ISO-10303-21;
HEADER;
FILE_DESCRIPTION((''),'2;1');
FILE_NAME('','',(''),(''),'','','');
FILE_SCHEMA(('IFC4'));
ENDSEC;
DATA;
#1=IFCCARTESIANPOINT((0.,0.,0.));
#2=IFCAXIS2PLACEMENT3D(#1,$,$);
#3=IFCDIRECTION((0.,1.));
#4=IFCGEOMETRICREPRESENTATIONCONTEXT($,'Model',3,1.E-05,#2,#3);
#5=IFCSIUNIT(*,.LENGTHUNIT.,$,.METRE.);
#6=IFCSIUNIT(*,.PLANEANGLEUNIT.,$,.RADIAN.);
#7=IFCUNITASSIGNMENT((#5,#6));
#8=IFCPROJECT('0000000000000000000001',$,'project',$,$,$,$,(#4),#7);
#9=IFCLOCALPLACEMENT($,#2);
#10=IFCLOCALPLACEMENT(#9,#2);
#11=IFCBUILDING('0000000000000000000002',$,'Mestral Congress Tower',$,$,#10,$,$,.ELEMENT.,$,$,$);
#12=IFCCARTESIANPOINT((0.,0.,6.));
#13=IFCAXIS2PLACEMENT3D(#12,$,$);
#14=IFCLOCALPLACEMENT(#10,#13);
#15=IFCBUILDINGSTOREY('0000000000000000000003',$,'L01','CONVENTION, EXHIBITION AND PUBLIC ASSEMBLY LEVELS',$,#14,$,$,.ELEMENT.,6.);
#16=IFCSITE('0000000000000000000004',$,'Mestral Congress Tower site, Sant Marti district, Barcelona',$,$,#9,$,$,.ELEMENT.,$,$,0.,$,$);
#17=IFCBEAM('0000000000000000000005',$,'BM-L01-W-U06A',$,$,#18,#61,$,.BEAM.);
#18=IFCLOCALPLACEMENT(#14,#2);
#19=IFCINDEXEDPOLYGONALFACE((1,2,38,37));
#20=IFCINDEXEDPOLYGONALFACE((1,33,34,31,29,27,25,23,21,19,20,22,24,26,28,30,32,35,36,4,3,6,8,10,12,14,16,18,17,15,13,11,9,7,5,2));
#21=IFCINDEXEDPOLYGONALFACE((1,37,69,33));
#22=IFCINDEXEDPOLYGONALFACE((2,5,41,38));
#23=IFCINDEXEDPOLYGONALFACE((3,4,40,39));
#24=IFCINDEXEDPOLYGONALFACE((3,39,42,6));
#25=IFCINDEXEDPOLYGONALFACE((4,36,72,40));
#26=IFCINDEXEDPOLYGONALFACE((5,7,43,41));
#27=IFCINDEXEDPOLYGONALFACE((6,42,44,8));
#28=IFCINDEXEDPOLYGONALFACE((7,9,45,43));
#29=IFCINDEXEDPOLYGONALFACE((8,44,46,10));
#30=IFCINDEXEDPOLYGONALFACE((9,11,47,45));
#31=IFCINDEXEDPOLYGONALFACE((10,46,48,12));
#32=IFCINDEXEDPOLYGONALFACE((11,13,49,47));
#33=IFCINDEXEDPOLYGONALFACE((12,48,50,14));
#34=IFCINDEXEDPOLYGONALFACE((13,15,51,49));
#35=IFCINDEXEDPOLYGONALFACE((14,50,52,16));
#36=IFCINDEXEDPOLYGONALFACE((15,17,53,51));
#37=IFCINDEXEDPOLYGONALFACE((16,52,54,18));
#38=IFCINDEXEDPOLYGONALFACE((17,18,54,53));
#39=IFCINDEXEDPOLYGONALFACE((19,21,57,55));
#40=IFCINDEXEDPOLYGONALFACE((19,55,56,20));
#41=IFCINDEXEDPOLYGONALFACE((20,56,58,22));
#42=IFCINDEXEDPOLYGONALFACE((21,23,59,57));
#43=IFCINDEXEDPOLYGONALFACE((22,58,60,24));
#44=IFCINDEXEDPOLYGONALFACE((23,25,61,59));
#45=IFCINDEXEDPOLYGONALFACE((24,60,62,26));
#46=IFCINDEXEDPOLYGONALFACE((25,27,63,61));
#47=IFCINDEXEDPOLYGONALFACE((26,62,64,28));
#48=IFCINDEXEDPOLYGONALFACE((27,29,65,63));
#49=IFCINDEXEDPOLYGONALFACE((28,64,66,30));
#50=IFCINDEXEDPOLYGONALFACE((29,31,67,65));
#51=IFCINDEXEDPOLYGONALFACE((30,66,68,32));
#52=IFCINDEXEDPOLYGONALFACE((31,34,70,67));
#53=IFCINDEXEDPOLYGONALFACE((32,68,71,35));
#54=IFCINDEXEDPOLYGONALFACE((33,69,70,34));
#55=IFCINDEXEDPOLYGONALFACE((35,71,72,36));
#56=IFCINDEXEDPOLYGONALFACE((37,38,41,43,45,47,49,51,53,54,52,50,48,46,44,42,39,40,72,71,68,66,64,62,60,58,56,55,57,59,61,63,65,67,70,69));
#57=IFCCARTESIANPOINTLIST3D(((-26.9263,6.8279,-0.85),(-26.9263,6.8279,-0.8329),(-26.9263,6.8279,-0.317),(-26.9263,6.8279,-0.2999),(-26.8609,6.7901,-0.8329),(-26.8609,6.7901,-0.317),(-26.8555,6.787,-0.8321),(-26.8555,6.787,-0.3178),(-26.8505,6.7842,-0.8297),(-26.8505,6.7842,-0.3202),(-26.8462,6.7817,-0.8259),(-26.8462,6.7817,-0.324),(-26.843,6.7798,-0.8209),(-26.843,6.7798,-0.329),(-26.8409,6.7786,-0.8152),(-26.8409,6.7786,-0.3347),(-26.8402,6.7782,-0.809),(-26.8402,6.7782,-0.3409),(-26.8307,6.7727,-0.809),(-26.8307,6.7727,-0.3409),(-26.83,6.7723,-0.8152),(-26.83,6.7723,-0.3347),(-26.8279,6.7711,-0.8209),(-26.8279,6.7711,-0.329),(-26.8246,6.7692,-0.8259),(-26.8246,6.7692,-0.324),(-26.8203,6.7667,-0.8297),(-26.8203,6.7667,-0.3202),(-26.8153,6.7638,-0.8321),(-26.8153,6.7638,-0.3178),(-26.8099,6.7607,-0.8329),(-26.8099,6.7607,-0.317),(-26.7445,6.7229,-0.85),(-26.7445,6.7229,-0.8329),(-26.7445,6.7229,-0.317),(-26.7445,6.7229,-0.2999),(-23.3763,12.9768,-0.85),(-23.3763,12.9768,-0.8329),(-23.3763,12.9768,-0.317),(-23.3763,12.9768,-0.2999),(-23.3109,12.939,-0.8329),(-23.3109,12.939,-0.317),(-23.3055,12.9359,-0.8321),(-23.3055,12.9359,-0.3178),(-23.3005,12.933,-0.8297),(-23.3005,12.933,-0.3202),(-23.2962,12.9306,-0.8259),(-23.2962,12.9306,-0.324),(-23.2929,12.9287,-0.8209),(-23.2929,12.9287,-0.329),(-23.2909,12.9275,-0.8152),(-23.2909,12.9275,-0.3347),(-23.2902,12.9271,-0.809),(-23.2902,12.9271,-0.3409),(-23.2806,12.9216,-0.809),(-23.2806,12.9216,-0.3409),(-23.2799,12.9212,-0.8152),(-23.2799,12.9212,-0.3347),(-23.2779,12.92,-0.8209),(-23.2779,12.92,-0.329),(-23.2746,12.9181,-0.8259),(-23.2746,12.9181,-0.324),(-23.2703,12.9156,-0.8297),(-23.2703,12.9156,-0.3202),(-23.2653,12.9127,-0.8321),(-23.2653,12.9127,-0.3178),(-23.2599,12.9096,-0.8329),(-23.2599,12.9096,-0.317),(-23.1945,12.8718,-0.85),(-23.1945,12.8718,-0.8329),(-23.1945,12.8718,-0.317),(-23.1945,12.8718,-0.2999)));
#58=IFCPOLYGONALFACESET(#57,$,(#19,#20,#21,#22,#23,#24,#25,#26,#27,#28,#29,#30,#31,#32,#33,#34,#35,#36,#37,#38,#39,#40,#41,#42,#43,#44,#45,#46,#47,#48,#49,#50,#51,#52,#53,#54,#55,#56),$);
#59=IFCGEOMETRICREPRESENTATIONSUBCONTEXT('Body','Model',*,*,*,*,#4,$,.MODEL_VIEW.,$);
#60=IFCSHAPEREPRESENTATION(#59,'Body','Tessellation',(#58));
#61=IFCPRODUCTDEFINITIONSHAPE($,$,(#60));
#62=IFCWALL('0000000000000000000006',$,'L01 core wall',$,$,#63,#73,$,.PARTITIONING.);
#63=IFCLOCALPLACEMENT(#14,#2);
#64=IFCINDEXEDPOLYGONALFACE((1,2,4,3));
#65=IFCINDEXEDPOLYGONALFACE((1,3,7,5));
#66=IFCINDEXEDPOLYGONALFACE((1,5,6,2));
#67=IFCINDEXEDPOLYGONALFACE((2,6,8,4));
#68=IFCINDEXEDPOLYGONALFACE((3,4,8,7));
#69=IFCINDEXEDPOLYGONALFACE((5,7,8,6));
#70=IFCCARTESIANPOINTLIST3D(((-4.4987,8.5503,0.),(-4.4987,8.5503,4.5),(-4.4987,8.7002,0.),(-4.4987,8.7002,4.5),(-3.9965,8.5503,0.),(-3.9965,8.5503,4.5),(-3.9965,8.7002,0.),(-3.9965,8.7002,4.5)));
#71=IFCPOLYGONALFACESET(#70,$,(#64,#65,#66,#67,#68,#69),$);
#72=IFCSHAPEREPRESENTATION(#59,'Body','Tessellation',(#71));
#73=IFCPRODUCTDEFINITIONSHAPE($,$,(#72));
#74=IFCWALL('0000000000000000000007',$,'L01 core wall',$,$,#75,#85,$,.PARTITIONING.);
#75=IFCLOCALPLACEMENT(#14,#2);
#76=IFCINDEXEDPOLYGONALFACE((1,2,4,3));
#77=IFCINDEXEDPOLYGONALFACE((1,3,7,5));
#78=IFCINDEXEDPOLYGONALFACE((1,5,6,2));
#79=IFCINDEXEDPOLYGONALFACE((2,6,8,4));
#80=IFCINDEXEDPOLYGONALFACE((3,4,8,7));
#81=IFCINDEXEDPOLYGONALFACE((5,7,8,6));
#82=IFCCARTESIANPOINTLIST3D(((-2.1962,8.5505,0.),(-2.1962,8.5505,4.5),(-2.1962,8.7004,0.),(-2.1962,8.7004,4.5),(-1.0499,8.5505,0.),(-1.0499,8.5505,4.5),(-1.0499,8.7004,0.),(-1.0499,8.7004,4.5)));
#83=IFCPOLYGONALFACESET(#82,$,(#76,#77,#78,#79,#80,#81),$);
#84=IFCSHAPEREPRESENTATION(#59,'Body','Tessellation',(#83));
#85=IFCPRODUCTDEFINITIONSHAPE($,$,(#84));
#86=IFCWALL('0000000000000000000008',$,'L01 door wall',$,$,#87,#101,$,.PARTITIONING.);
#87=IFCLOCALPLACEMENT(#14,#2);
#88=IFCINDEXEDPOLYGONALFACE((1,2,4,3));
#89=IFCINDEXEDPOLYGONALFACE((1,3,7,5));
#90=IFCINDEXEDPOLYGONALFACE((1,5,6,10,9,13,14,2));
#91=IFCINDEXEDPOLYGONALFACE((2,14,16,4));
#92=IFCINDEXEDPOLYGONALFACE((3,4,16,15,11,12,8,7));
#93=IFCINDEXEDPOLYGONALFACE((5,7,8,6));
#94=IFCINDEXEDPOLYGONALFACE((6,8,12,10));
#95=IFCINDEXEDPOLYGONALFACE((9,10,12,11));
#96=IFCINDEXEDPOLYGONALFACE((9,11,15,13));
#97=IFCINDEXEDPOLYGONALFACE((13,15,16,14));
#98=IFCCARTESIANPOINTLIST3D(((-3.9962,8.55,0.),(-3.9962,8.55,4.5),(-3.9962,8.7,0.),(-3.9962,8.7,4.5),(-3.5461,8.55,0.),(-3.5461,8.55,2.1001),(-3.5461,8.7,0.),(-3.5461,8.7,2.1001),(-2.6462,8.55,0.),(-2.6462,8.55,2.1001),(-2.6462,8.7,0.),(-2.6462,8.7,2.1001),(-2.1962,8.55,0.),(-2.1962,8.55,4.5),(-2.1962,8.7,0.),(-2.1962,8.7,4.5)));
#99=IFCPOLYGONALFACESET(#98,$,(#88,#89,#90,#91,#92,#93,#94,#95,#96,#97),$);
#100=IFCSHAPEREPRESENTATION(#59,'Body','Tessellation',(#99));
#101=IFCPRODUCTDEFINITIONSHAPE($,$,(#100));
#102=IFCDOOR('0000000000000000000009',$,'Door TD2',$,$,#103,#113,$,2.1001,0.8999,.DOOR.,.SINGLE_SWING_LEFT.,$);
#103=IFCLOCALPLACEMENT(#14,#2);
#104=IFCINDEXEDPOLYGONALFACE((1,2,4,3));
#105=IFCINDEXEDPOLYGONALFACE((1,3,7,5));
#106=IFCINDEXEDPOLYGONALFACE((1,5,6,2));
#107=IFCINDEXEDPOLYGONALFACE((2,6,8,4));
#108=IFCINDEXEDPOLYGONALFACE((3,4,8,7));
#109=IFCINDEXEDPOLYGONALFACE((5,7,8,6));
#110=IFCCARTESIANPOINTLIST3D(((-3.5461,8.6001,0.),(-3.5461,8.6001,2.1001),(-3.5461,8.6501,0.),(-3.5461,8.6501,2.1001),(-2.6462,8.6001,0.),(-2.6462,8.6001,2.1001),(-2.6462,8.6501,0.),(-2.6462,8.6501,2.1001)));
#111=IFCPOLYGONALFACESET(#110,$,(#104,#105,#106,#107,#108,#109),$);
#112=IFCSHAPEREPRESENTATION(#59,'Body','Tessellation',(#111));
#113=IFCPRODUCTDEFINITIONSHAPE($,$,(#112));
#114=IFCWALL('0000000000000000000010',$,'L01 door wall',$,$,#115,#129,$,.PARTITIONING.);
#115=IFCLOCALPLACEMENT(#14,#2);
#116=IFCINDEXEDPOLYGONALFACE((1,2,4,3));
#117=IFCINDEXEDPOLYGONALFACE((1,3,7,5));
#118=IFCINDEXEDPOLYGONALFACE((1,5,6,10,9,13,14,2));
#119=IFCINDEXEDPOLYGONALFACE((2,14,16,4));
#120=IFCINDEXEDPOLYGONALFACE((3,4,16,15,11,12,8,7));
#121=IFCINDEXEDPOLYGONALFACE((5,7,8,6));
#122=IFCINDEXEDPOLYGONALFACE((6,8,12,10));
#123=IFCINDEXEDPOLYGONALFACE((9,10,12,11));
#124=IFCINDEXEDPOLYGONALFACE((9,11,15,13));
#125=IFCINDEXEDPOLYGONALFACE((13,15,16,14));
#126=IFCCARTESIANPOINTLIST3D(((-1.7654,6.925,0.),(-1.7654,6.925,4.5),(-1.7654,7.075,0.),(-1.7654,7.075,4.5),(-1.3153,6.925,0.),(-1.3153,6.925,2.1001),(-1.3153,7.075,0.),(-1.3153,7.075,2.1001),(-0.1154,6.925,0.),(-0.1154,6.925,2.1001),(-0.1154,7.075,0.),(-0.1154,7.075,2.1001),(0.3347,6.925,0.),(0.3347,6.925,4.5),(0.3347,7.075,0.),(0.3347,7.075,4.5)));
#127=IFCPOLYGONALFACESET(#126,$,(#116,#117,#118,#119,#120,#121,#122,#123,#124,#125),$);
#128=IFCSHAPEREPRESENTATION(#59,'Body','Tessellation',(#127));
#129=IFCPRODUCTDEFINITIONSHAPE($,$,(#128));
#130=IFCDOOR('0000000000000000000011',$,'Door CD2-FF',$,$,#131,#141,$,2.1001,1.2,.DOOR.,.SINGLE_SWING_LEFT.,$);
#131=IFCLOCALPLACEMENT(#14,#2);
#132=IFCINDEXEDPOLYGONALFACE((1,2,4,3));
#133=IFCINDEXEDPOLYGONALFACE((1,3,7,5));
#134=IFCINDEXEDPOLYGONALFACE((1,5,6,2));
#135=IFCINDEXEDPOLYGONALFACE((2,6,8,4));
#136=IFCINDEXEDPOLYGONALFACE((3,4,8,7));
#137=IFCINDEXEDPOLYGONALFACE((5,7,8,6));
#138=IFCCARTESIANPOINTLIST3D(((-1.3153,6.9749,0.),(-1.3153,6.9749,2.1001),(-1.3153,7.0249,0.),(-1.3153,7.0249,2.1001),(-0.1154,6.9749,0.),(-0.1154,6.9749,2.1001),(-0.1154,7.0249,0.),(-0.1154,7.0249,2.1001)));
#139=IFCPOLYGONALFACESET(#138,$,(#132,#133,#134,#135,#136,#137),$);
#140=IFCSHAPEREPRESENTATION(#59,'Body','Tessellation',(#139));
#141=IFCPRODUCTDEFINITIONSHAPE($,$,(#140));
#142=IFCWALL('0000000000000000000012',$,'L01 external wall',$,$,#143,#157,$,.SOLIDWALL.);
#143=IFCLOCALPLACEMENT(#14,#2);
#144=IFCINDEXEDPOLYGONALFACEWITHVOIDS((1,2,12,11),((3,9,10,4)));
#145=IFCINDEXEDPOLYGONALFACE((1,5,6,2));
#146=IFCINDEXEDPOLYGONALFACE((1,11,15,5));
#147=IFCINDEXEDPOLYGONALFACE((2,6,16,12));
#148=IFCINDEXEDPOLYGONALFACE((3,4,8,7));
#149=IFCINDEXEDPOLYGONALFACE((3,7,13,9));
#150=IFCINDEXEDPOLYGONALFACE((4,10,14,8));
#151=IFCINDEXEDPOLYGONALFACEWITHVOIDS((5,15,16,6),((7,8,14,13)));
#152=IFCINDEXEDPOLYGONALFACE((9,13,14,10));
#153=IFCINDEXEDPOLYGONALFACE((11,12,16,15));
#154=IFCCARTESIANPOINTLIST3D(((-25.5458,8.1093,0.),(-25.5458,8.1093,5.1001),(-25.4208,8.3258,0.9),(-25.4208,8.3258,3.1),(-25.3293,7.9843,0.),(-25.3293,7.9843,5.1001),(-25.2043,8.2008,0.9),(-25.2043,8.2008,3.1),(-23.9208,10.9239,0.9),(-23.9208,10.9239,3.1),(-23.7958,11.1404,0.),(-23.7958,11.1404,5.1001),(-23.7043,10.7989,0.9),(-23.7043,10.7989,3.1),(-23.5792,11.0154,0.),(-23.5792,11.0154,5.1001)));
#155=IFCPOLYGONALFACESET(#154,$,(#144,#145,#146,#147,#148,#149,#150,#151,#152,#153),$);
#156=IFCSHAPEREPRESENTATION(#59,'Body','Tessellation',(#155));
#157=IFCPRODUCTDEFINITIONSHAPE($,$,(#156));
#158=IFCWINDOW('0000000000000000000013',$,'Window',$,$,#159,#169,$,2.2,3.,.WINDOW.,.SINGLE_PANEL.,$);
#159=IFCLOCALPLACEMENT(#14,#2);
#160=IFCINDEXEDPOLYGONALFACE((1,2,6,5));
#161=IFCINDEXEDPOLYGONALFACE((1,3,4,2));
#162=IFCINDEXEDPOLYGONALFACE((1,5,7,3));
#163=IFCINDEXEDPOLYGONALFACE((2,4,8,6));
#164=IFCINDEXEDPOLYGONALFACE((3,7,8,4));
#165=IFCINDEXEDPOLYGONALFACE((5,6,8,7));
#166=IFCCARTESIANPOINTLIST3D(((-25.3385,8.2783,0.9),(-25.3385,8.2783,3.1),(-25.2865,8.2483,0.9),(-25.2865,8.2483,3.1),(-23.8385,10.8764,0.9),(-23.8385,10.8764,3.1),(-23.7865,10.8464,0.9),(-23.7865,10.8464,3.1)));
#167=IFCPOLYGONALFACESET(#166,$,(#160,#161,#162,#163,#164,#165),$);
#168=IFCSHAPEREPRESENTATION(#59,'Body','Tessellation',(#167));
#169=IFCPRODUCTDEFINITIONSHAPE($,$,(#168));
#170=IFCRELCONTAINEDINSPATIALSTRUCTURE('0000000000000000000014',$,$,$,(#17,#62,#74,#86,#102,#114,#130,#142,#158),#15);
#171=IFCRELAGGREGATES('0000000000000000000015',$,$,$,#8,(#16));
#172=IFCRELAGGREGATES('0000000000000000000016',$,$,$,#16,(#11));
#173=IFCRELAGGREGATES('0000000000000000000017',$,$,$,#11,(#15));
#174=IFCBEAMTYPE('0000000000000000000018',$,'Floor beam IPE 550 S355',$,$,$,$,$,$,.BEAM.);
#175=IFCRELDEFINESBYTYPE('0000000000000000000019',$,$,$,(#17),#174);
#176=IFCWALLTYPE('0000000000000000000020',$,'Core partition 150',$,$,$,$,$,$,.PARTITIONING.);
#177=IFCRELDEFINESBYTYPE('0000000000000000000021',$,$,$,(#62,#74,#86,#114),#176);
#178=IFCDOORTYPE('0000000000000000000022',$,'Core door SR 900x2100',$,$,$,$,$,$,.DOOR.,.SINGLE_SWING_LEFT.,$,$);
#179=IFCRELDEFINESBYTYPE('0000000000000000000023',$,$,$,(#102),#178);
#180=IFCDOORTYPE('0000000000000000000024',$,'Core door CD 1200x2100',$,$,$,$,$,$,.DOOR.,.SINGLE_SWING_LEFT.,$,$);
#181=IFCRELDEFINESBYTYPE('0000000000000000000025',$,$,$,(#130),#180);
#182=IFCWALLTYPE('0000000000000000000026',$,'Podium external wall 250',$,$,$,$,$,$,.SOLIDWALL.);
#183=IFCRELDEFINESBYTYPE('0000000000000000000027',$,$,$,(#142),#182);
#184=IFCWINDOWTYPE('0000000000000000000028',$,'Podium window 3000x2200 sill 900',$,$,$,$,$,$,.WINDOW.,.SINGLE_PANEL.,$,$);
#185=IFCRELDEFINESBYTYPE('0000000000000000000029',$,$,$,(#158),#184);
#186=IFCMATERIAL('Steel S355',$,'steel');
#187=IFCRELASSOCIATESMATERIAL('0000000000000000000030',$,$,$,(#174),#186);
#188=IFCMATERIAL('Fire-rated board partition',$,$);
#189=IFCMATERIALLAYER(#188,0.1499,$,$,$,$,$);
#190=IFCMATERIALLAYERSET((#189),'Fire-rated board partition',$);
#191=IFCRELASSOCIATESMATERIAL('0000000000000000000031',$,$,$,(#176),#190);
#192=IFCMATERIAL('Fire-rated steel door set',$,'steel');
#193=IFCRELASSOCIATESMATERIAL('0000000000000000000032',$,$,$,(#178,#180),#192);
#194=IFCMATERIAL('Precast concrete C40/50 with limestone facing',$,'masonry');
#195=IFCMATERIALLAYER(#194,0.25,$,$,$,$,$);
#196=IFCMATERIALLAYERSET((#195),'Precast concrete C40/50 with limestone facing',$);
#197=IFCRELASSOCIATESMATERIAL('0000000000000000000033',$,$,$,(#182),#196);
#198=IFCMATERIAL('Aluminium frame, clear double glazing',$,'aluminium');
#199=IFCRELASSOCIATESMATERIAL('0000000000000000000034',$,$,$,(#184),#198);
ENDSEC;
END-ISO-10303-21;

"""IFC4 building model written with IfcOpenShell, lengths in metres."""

from ifc_helpers import new_model, si_unit, direction, frame, frame_2d, origin, origin_2d, place, context, subcontext, project, spatial, rectangle, i_section, extrude, material, layer, layer_set, material_profile, profile_set, type_object, element, fill, save


model = new_model("IFC4")

# Units and contexts
model_context = context("Model", 3, precision=1e-05, world=origin(), true_north=direction((0.0, 1.0)))
body_context = subcontext(model_context, "Body", "Model", "MODEL_VIEW")
ifc_project = project(units=[si_unit("LENGTHUNIT", "METRE"), si_unit("PLANEANGLEUNIT", "RADIAN")], contexts=[model_context])

# Site, building, storey
site_placement = place(None, origin())
site = spatial("IfcSite", under=ifc_project, at=site_placement, Name="Mestral Congress Tower site, Sant Marti district, Barcelona", CompositionType="ELEMENT", RefElevation=0.0)
building_placement = place(site_placement, origin())
building = spatial("IfcBuilding", under=site, at=building_placement, Name="Mestral Congress Tower", CompositionType="ELEMENT")
storey_placement = place(building_placement, frame((0.0, 0.0, 6.0)))
storey = spatial("IfcBuildingStorey", under=building, at=storey_placement, Name="L01", Description="CONVENTION, EXHIBITION AND PUBLIC ASSEMBLY LEVELS", CompositionType="ELEMENT", Elevation=6.0)

# Beam
ifc_material_1 = material(Name="Steel S355", Category="steel")
ifc_material_profile = material_profile(ifc_material_1, i_section(OverallWidth=0.21, OverallDepth=0.55, WebThickness=0.011, FlangeThickness=0.0171, FilletRadius=0.0239, at=origin_2d()), Name="IPE 550")
ifc_profile_set = profile_set([ifc_material_profile], Name="Steel S355")
beam_type = type_object("IfcBeamType", Name="Floor beam IPE 550 S355", PredefinedType="BEAM", material=ifc_profile_set)
beam_placement = place(storey_placement, frame((-23.2854, 12.9243, -0.575), z_axis=(-0.499996, -0.866028, 0.0), x_axis=(0.866028, -0.499996, 0.0)))
element("IfcBeam", 1, at=beam_placement, inside=storey, type_object=beam_type, Name="BM-L01-W-U06A", PredefinedType="BEAM", context=body_context, shape_type="SweptSolid", body=[
    extrude(i_section(OverallWidth=0.21, OverallDepth=0.55, WebThickness=0.011, FlangeThickness=0.0171, FilletRadius=0.0239, at=origin_2d()), origin(), (0.0, 0.0, 1.0), 7.1001),
])

# Walls
ifc_material_2 = material(Name="Fire-rated board partition")
ifc_layer_1 = layer(ifc_material_2, 0.1499)
ifc_layer_set_1 = layer_set([ifc_layer_1], Name="Fire-rated board partition")
wall_type_1 = type_object("IfcWallType", Name="Core partition 150", PredefinedType="PARTITIONING", material=ifc_layer_set_1)
wall_1_placement = place(storey_placement, frame((-3.9966, 8.6252, 0.0), z_axis=(0.0, 0.0, 1.0), x_axis=(-1.0, 0.0, 0.0)))
element("IfcWall", 2, at=wall_1_placement, inside=storey, type_object=wall_type_1, Name="L01 core wall", PredefinedType="PARTITIONING", context=body_context, shape_type="SweptSolid", body=[
    extrude(rectangle(XDim=0.5022, YDim=0.1499, at=frame_2d((0.251, 0.0))), origin(), (0.0, 0.0, 1.0), 4.5),
])
wall_2_placement = place(storey_placement, frame((-2.1963, 8.6255, 0.0), z_axis=(0.0, 0.0, 1.0), x_axis=(1.0, 0.0, 0.0)))
element("IfcWall", 3, at=wall_2_placement, inside=storey, type_object=wall_type_1, Name="L01 core wall", PredefinedType="PARTITIONING", context=body_context, shape_type="SweptSolid", body=[
    extrude(rectangle(XDim=1.1462, YDim=0.1499, at=frame_2d((0.5732, 0.0))), origin(), (0.0, 0.0, 1.0), 4.5),
])

# Walls, openings, doors
wall_3_placement = place(storey_placement, frame((-2.1963, 8.625, 0.0), z_axis=(0.0, 0.0, 1.0), x_axis=(-1.0, 0.0, 0.0)))
wall_3 = element("IfcWall", 4, at=wall_3_placement, inside=storey, type_object=wall_type_1, Name="L01 door wall", PredefinedType="PARTITIONING", context=body_context, shape_type="SweptSolid", body=[
    extrude(rectangle(XDim=1.8, YDim=0.1499, at=frame_2d((0.8999, 0.0))), origin(), (0.0, 0.0, 1.0), 4.5),
])
opening_1_placement = place(wall_3_placement, frame((0.45, 0.0, 0.0)))
opening_1 = element("IfcOpeningElement", 5, at=opening_1_placement, cuts=wall_3, PredefinedType="OPENING", context=body_context, shape_type="SweptSolid", body=[
    extrude(rectangle(XDim=0.8999, YDim=2.1001, at=frame_2d((0.45, 1.05))), frame((0.0, 0.085, 0.0), z_axis=(0.0, -1.0, 0.0), x_axis=(1.0, 0.0, 0.0)), (0.0, 0.0, 1.0), 0.1699),
])
ifc_material_3 = material(Name="Fire-rated steel door set", Category="steel")
door_type_1 = type_object("IfcDoorType", Name="Core door SR 900x2100", OperationType="SINGLE_SWING_LEFT", PredefinedType="DOOR", material=ifc_material_3)
door_1_placement = place(opening_1_placement, origin())
door_1 = element("IfcDoor", 6, at=door_1_placement, inside=storey, type_object=door_type_1, Name="Door TD2", OperationType="SINGLE_SWING_LEFT", OverallHeight=2.1001, OverallWidth=0.8999, PredefinedType="DOOR", context=body_context, shape_type="SweptSolid", body=[
    extrude(rectangle(XDim=0.8999, YDim=2.1001, at=frame_2d((0.45, 1.05))), frame((0.0, 0.0249, 0.0), z_axis=(0.0, -1.0, 0.0), x_axis=(1.0, 0.0, 0.0)), (0.0, 0.0, 1.0), 0.05),
])
fill(opening_1, door_1)
wall_4_placement = place(storey_placement, frame((-1.7654, 7.0, 0.0), z_axis=(0.0, 0.0, 1.0), x_axis=(1.0, 0.0, 0.0)))
wall_4 = element("IfcWall", 7, at=wall_4_placement, inside=storey, type_object=wall_type_1, Name="L01 door wall", PredefinedType="PARTITIONING", context=body_context, shape_type="SweptSolid", body=[
    extrude(rectangle(XDim=2.1001, YDim=0.1499, at=frame_2d((1.05, 0.0))), origin(), (0.0, 0.0, 1.0), 4.5),
])
opening_2_placement = place(wall_4_placement, frame((0.45, 0.0, 0.0)))
opening_2 = element("IfcOpeningElement", 8, at=opening_2_placement, cuts=wall_4, PredefinedType="OPENING", context=body_context, shape_type="SweptSolid", body=[
    extrude(rectangle(XDim=1.2, YDim=2.1001, at=frame_2d((0.6001, 1.05))), frame((0.0, 0.085, 0.0), z_axis=(0.0, -1.0, 0.0), x_axis=(1.0, 0.0, 0.0)), (0.0, 0.0, 1.0), 0.1699),
])
door_type_2 = type_object("IfcDoorType", Name="Core door CD 1200x2100", OperationType="SINGLE_SWING_LEFT", PredefinedType="DOOR", material=ifc_material_3)
door_2_placement = place(opening_2_placement, origin())
door_2 = element("IfcDoor", 9, at=door_2_placement, inside=storey, type_object=door_type_2, Name="Door CD2-FF", OperationType="SINGLE_SWING_LEFT", OverallHeight=2.1001, OverallWidth=1.2, PredefinedType="DOOR", context=body_context, shape_type="SweptSolid", body=[
    extrude(rectangle(XDim=1.2, YDim=2.1001, at=frame_2d((0.6001, 1.05))), frame((0.0, 0.0249, 0.0), z_axis=(0.0, -1.0, 0.0), x_axis=(1.0, 0.0, 0.0)), (0.0, 0.0, 1.0), 0.05),
])
fill(opening_2, door_2)

# Wall, opening, window
ifc_material_4 = material(Name="Precast concrete C40/50 with limestone facing", Category="masonry")
ifc_layer_2 = layer(ifc_material_4, 0.25)
ifc_layer_set_2 = layer_set([ifc_layer_2], Name="Precast concrete C40/50 with limestone facing")
wall_type_2 = type_object("IfcWallType", Name="Podium external wall 250", PredefinedType="SOLIDWALL", material=ifc_layer_set_2)
wall_5_placement = place(storey_placement, frame((-23.6875, 11.0779, 0.0), z_axis=(0.0, 0.0, 1.0), x_axis=(-0.50001, -0.866019, 0.0)))
wall_5 = element("IfcWall", 10, at=wall_5_placement, inside=storey, type_object=wall_type_2, Name="L01 external wall", PredefinedType="SOLIDWALL", context=body_context, shape_type="SweptSolid", body=[
    extrude(rectangle(XDim=3.5, YDim=0.25, at=frame_2d((1.75, 0.0))), origin(), (0.0, 0.0, 1.0), 5.1001),
])
opening_3_placement = place(wall_5_placement, frame((0.25, 0.0, 0.8999)))
opening_3 = element("IfcOpeningElement", 11, at=opening_3_placement, cuts=wall_5, PredefinedType="OPENING", context=body_context, shape_type="SweptSolid", body=[
    extrude(rectangle(XDim=3.0, YDim=2.2, at=frame_2d((1.5, 1.1001))), frame((0.0, 0.135, 0.0), z_axis=(0.0, -1.0, 0.0), x_axis=(1.0, 0.0, 0.0)), (0.0, 0.0, 1.0), 0.27),
])
ifc_material_5 = material(Name="Aluminium frame, clear double glazing", Category="aluminium")
window_type = type_object("IfcWindowType", Name="Podium window 3000x2200 sill 900", PartitioningType="SINGLE_PANEL", PredefinedType="WINDOW", material=ifc_material_5)
window_placement = place(opening_3_placement, origin())
window = element("IfcWindow", 12, at=window_placement, inside=storey, type_object=window_type, Name="Window", OverallHeight=2.2, OverallWidth=3.0, PartitioningType="SINGLE_PANEL", PredefinedType="WINDOW", context=body_context, shape_type="SweptSolid", body=[
    extrude(rectangle(XDim=3.0, YDim=2.2, at=frame_2d((1.5, 1.1001))), frame((0.0, 0.03, 0.0), z_axis=(0.0, -1.0, 0.0), x_axis=(1.0, 0.0, 0.0)), (0.0, 0.0, 1.0), 0.0601),
])
fill(opening_3, window)

save(model, "model.ifc")
